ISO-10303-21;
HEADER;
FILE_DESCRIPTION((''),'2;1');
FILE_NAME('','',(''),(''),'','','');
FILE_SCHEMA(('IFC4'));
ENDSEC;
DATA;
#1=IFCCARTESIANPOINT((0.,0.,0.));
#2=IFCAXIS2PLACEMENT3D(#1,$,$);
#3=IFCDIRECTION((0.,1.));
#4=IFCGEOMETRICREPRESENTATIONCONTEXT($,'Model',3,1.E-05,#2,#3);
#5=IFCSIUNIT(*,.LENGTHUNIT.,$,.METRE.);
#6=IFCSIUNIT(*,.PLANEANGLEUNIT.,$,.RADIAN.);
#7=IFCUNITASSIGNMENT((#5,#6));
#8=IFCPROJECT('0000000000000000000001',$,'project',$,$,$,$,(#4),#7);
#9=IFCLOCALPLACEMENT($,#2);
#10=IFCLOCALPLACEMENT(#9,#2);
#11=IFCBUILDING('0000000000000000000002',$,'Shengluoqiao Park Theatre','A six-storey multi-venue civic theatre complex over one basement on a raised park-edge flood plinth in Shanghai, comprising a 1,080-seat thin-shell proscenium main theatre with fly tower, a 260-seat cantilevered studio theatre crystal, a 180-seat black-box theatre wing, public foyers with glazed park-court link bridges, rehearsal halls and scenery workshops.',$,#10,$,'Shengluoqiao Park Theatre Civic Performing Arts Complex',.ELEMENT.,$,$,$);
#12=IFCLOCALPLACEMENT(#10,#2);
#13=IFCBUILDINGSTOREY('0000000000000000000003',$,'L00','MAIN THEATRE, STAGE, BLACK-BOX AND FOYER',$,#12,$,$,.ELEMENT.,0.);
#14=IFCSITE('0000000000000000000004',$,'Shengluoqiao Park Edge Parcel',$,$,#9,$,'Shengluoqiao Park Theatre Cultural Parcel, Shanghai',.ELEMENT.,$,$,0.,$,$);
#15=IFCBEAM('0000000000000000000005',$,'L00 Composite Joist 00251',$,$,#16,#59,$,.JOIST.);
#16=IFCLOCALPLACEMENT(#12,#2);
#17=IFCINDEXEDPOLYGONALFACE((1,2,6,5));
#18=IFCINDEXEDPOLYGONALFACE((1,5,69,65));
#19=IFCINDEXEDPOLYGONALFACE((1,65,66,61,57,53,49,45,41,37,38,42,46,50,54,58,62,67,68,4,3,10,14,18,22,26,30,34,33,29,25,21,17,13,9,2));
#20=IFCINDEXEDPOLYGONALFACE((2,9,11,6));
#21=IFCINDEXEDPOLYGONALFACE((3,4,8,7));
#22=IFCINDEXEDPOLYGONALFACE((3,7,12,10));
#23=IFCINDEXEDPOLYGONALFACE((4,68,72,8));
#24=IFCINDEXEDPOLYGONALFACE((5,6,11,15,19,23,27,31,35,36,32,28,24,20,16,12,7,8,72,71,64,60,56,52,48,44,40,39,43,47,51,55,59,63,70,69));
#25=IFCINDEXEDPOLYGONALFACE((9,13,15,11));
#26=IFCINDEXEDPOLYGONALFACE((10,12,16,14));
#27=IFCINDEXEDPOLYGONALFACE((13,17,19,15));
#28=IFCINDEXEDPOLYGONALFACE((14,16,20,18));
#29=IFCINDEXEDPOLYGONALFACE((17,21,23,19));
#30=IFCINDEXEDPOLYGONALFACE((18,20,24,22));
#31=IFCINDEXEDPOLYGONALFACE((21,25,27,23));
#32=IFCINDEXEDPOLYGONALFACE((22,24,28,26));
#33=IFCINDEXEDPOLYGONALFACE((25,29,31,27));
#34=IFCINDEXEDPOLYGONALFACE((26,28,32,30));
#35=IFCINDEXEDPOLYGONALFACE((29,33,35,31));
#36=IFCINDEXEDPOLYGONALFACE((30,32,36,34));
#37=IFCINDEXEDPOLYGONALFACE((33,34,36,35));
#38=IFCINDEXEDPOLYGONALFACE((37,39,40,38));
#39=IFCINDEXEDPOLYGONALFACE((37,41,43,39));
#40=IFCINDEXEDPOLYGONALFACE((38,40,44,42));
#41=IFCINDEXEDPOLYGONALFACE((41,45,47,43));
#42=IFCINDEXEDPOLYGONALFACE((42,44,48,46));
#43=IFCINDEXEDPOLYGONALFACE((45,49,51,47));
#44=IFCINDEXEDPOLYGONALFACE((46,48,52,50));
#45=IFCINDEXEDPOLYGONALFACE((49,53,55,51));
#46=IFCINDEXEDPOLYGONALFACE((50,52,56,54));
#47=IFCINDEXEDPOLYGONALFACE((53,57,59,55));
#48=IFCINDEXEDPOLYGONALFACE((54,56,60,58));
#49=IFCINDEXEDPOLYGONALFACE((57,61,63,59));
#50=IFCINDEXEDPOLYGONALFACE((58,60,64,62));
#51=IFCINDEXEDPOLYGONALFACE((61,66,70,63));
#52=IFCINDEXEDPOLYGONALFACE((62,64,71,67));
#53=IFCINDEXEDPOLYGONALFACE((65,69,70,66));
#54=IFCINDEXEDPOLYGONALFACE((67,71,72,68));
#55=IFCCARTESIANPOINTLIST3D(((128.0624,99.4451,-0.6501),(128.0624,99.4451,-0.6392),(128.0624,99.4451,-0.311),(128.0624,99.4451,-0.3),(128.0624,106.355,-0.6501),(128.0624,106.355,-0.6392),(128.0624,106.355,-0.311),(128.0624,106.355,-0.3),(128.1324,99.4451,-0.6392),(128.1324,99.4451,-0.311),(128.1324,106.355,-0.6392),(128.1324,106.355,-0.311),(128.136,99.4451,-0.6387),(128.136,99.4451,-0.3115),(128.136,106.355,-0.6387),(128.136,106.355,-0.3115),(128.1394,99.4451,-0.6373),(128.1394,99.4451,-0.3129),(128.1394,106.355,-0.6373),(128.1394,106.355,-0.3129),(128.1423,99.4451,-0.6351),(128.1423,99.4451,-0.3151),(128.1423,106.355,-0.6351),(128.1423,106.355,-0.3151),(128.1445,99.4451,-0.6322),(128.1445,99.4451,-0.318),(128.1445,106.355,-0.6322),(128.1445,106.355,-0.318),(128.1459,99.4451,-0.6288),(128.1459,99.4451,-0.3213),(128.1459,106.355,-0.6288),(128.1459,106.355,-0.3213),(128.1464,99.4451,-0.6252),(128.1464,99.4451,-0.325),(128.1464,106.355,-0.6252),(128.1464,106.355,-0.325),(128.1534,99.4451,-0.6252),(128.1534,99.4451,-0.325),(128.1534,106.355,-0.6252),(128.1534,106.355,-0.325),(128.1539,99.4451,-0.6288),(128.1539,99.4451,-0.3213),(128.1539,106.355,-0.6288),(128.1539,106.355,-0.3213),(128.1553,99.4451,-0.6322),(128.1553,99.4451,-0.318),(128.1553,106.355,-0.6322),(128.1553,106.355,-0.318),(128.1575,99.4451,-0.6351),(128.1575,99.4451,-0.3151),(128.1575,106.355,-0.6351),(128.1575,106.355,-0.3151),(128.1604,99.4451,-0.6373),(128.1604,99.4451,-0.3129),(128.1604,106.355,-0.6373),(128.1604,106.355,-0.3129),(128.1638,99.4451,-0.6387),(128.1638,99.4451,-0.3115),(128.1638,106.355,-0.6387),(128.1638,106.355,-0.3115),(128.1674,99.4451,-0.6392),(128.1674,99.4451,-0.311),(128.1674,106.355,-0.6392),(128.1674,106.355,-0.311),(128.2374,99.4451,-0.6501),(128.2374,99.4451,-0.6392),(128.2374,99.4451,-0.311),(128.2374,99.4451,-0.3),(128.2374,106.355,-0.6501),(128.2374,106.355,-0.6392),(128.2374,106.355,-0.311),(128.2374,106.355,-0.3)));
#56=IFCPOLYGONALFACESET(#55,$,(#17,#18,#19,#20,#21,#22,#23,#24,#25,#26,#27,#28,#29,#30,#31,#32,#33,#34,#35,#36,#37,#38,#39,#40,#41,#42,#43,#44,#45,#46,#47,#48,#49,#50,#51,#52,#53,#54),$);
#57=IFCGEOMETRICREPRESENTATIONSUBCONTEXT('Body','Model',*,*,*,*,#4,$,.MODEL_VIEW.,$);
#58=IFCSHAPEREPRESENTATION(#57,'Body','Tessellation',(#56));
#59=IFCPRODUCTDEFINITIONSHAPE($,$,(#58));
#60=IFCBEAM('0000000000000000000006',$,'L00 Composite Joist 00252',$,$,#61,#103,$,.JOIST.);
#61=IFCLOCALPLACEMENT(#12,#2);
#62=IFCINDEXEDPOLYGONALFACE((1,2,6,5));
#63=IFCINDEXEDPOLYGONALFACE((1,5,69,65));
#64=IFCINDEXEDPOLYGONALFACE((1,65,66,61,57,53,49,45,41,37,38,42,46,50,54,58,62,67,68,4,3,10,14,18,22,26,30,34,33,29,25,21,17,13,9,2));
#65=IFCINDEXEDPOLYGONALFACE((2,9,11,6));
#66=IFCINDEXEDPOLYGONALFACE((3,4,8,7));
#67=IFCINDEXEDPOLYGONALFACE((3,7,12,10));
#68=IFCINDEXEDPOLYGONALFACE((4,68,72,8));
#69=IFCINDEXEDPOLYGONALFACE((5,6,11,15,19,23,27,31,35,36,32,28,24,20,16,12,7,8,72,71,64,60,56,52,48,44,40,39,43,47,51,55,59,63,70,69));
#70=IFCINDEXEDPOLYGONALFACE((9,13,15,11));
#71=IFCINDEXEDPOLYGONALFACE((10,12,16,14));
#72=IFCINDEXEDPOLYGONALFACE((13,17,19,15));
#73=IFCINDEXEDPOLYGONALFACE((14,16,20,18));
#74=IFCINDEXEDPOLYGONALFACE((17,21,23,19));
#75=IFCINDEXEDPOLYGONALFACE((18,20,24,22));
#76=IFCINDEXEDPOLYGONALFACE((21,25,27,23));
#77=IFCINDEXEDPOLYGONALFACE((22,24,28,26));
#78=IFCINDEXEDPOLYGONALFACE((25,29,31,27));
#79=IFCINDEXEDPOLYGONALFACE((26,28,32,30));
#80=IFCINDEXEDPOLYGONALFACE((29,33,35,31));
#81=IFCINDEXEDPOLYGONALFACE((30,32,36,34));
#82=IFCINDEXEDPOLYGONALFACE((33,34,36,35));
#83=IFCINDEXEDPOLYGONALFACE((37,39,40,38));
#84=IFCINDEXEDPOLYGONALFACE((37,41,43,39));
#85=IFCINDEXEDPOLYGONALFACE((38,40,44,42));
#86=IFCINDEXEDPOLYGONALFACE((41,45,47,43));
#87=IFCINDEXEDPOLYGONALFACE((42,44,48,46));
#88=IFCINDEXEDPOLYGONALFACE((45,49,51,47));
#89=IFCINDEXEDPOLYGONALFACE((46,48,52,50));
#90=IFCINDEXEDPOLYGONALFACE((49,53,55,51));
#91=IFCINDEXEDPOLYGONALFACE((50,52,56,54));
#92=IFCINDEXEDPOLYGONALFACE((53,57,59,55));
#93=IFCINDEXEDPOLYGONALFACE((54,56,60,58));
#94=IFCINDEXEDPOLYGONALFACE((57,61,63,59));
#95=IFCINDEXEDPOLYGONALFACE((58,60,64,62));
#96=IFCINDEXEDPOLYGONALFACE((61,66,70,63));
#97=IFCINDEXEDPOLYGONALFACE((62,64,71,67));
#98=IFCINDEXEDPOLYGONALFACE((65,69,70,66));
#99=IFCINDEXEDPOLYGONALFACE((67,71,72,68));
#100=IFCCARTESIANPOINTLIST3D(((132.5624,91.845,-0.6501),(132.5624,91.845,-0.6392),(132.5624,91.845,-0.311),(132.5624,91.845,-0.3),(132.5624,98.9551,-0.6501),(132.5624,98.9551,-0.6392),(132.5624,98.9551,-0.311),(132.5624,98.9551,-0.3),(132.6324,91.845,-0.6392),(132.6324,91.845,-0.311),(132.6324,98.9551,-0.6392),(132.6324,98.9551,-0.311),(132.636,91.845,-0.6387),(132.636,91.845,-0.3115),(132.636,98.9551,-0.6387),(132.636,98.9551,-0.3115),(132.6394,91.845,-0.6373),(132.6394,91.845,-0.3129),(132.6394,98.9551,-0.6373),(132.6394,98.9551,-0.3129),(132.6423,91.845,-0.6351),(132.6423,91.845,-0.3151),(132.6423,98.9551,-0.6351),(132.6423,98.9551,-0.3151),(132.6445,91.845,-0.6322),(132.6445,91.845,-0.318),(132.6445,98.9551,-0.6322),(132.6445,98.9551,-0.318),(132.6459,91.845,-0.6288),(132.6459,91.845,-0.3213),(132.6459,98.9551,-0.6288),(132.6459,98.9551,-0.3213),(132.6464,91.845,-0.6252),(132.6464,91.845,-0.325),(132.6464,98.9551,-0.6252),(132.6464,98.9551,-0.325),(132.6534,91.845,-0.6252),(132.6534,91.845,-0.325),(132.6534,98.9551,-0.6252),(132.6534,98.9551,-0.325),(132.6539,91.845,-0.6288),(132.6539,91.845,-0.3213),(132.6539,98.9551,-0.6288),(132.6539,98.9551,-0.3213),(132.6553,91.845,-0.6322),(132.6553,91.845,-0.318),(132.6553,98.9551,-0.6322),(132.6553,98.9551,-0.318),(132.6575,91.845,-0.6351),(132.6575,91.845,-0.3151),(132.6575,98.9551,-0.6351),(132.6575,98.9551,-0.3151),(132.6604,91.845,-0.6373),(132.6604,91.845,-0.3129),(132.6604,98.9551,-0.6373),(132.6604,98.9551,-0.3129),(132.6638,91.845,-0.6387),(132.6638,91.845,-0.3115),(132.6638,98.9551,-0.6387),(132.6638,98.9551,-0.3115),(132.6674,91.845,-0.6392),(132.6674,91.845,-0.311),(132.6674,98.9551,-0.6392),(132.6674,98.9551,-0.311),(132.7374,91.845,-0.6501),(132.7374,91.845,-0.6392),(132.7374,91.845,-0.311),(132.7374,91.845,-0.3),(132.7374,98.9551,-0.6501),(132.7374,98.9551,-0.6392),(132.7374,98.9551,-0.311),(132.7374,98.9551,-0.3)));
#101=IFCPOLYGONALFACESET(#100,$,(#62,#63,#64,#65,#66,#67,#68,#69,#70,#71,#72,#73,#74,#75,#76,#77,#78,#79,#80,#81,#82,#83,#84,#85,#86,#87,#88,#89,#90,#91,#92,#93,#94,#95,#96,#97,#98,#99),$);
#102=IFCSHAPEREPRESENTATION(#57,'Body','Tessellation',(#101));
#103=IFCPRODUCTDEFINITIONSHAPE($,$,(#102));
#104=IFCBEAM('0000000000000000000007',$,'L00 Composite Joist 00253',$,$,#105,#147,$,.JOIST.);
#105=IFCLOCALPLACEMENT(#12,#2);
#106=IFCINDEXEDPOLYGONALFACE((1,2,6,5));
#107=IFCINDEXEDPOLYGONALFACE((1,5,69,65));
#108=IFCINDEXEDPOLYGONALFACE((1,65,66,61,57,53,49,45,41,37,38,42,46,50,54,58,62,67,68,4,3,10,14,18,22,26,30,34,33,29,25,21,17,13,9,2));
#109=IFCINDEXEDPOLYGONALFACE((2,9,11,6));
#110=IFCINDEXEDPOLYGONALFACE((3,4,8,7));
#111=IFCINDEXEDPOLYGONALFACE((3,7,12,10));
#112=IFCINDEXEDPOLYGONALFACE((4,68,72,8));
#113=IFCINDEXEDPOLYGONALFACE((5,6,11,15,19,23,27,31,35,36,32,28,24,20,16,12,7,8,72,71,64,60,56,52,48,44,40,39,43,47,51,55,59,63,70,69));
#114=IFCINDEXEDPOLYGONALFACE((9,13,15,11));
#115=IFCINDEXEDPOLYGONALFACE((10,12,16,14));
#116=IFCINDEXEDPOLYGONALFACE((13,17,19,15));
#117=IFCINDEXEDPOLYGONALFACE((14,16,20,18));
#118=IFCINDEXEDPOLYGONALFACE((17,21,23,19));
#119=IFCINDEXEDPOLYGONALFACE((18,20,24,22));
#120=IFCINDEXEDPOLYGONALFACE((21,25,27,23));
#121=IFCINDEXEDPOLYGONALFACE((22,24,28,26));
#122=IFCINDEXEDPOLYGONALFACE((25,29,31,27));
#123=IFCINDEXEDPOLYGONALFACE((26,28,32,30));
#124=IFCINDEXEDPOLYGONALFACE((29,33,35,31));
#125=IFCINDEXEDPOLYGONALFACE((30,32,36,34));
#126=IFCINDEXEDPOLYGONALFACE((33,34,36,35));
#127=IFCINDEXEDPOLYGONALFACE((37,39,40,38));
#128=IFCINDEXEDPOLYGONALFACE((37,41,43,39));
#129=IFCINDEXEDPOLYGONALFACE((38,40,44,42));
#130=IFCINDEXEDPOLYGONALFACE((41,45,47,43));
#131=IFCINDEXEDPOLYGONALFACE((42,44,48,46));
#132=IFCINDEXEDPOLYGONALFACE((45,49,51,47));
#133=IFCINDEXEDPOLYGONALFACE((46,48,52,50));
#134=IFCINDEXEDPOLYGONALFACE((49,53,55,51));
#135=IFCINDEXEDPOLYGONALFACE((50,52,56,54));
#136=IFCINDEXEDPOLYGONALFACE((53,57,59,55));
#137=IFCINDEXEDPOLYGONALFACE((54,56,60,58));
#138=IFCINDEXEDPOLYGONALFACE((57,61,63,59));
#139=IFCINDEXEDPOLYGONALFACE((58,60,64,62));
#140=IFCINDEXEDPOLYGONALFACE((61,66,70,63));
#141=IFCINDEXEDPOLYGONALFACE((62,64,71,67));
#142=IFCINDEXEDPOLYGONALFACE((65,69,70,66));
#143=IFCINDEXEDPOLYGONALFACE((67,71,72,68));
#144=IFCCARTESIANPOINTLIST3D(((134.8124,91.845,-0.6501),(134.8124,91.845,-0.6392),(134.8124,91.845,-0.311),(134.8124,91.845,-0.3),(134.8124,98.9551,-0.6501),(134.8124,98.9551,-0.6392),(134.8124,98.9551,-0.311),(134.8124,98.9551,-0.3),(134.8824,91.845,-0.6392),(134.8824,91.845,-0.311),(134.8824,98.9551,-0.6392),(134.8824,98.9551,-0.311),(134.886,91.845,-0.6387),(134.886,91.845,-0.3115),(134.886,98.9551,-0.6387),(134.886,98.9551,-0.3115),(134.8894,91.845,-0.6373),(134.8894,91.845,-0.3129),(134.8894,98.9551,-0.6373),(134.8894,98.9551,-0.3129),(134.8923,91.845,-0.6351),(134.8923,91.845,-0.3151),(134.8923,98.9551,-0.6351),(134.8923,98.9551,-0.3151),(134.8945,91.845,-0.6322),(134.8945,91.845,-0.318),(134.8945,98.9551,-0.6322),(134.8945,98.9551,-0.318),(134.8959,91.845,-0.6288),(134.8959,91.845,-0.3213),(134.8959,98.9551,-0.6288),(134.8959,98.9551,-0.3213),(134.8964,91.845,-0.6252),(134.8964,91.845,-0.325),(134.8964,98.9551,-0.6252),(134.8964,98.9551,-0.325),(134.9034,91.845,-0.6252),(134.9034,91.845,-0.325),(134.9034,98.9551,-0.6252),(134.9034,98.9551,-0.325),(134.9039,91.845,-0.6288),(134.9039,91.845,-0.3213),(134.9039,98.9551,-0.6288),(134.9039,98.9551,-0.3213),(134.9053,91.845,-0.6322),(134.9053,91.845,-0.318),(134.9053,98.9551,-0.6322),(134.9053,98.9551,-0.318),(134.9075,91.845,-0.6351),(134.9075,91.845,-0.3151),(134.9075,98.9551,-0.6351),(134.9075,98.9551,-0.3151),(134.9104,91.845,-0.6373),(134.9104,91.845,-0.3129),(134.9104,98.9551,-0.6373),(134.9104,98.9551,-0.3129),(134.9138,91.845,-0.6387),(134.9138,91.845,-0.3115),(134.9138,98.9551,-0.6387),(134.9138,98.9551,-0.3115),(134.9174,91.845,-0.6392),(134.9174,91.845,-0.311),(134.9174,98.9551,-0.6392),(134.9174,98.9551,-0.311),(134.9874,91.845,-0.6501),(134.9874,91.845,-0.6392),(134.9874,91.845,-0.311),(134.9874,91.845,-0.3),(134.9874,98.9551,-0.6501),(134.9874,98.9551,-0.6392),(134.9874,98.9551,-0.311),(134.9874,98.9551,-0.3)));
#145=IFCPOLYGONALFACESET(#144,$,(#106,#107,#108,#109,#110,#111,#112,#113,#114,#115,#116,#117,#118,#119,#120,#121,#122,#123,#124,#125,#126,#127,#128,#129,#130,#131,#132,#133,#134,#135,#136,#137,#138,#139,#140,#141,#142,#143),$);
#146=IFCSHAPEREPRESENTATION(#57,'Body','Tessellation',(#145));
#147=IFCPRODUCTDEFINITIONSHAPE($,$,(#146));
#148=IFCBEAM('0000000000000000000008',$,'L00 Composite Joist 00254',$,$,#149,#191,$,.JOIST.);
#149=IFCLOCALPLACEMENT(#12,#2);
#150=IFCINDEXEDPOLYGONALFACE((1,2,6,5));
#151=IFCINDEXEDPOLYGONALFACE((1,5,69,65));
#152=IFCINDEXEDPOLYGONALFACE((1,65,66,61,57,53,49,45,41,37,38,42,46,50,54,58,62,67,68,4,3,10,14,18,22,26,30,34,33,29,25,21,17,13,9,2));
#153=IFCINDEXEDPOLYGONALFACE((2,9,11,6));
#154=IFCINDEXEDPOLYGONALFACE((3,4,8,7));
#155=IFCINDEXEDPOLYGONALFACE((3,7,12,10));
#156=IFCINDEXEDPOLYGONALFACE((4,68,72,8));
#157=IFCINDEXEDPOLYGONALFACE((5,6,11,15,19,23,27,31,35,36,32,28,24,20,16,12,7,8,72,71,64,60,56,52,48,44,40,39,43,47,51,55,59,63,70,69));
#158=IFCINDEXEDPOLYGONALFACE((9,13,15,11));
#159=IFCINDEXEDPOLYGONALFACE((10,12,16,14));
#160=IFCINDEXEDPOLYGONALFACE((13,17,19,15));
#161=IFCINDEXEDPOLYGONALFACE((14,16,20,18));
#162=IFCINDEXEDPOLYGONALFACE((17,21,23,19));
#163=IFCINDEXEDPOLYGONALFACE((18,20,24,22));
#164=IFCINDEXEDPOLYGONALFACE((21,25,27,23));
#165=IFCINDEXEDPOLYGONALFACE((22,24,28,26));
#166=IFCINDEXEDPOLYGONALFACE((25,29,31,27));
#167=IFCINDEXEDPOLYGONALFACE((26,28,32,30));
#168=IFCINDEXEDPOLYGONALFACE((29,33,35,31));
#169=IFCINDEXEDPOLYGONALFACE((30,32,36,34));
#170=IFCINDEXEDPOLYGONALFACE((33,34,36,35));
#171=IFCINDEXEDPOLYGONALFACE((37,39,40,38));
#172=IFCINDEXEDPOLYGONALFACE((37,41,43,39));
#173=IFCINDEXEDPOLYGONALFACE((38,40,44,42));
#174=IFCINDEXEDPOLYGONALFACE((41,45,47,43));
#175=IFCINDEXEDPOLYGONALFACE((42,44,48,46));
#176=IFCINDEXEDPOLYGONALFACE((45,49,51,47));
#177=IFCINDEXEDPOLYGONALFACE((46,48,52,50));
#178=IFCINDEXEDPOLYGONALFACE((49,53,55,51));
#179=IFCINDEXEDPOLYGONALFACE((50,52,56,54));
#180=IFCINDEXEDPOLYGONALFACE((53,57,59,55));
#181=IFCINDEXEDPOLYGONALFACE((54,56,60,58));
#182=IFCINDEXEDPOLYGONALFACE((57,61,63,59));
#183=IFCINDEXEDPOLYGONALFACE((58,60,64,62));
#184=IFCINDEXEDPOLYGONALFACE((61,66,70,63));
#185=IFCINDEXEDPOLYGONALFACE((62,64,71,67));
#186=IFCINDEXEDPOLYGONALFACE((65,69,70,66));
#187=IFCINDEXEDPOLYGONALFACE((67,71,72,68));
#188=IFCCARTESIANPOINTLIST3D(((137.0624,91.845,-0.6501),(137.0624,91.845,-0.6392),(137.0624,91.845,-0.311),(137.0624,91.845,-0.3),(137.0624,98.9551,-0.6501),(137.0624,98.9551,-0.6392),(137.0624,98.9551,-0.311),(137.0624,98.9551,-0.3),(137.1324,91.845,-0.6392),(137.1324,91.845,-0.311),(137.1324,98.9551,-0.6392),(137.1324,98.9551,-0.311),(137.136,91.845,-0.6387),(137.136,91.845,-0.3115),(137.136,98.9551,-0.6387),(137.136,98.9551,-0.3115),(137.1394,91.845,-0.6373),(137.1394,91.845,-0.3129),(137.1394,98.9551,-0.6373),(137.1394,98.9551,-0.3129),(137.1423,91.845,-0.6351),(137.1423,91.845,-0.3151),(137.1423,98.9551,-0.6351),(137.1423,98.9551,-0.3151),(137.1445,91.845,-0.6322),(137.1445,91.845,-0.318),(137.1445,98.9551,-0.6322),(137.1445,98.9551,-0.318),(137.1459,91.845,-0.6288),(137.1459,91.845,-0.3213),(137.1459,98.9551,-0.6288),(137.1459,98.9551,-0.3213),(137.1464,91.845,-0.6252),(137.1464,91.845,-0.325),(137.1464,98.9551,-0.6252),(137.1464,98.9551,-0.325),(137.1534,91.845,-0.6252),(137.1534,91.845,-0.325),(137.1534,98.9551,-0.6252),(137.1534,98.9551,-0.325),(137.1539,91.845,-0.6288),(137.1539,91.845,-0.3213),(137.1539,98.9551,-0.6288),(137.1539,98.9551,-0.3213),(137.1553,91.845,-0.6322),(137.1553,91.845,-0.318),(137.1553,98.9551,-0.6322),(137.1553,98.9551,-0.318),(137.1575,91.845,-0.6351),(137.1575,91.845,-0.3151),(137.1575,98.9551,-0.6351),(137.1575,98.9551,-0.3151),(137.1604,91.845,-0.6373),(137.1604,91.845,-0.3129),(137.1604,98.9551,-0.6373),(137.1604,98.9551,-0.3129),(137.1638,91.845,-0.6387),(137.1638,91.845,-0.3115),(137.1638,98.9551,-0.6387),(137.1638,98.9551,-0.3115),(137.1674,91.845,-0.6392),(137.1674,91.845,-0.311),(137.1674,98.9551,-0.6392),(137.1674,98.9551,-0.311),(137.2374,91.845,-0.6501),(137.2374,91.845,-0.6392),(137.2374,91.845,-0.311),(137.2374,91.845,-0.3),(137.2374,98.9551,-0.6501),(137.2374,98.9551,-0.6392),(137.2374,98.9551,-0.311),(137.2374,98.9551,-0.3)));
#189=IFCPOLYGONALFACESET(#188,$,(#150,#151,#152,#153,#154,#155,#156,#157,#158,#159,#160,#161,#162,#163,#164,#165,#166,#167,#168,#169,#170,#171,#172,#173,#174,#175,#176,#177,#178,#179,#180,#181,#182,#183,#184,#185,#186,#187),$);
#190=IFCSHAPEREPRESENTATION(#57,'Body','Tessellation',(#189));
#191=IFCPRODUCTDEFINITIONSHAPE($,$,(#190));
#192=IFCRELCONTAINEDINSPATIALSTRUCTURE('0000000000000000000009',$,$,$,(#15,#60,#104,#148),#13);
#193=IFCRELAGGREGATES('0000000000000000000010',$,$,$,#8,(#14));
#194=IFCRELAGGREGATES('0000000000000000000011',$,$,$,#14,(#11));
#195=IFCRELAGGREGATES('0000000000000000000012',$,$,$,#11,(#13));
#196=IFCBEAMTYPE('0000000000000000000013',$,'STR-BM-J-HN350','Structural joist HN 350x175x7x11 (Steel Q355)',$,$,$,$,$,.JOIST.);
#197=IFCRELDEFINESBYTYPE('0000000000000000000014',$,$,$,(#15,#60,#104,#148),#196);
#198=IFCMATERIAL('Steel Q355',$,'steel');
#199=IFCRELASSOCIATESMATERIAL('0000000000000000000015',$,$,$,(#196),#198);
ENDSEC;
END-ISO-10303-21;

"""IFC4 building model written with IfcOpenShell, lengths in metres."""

from ifc_helpers import new_model, si_unit, direction, frame, origin, origin_2d, place, context, subcontext, project, spatial, i_section, extrude, material, material_profile, profile_set, type_object, element, save


model = new_model("IFC4")

# Units and contexts
model_context = context("Model", 3, precision=1e-05, world=origin(), true_north=direction((0.0, 1.0)))
body_context = subcontext(model_context, "Body", "Model", "MODEL_VIEW")
ifc_project = project(units=[si_unit("LENGTHUNIT", "METRE"), si_unit("PLANEANGLEUNIT", "RADIAN")], contexts=[model_context])

# Site, building, storey
site_placement = place(None, origin())
site = spatial("IfcSite", under=ifc_project, at=site_placement, Name="Shengluoqiao Park Edge Parcel", LongName="Shengluoqiao Park Theatre Cultural Parcel, Shanghai", CompositionType="ELEMENT", RefElevation=0.0)
building_placement = place(site_placement, origin())
building = spatial("IfcBuilding", under=site, at=building_placement, Name="Shengluoqiao Park Theatre", Description="A six-storey multi-venue civic theatre complex over one basement on a raised park-edge flood plinth in Shanghai, comprising a 1,080-seat thin-shell proscenium main theatre with fly tower, a 260-seat cantilevered studio theatre crystal, a 180-seat black-box theatre wing, public foyers with glazed park-court link bridges, rehearsal halls and scenery workshops.", LongName="Shengluoqiao Park Theatre Civic Performing Arts Complex", CompositionType="ELEMENT")
storey_placement = place(building_placement, origin())
storey = spatial("IfcBuildingStorey", under=building, at=storey_placement, Name="L00", Description="MAIN THEATRE, STAGE, BLACK-BOX AND FOYER", CompositionType="ELEMENT", Elevation=0.0)

# Beams
ifc_material_1 = material(Name="Steel Q355", Category="steel")
ifc_material_profile_1 = material_profile(ifc_material_1, i_section(OverallWidth=0.175, OverallDepth=0.3501, WebThickness=0.0071, FlangeThickness=0.011, FilletRadius=0.0139, at=origin_2d()), Name="HN 350x175x7x11")
ifc_profile_set_1 = profile_set([ifc_material_profile_1], Name="Steel Q355")
beam_type_1 = type_object("IfcBeamType", Name="STR-BM-J-HN350", Description="Structural joist HN 350x175x7x11 (Steel Q355)", PredefinedType="JOIST", material=ifc_profile_set_1)
beam_1_placement = place(storey_placement, frame((128.1499, 99.4451, -0.4751), z_axis=(0.0, 1.0, 0.0), x_axis=(-1.0, 0.0, 0.0)))
element("IfcBeam", 1, at=beam_1_placement, inside=storey, type_object=beam_type_1, Name="L00 Composite Joist 00251", PredefinedType="JOIST", context=body_context, shape_type="SweptSolid", body=[
    extrude(i_section(OverallWidth=0.175, OverallDepth=0.3501, WebThickness=0.0071, FlangeThickness=0.011, FilletRadius=0.0139, at=origin_2d()), origin(), (0.0, 0.0, 1.0), 6.9099),
])
for number, where, z_axis, x_axis, name in (
    (2, (132.6499, 91.845, -0.4751), (0.0, 1.0, 0.0), (-1.0, 0.0, 0.0), "L00 Composite Joist 00252"),
    (3, (134.8999, 91.845, -0.4751), (0.0, 1.0, 0.0), (-1.0, 0.0, 0.0), "L00 Composite Joist 00253"),
    (4, (137.1499, 91.845, -0.4751), (0.0, 1.0, 0.0), (-1.0, 0.0, 0.0), "L00 Composite Joist 00254"),
):
    element("IfcBeam", number, at=place(storey_placement, frame(where, z_axis=z_axis, x_axis=x_axis)), inside=storey, type_object=beam_type_1, Name=name, PredefinedType="JOIST", context=body_context, shape_type="SweptSolid", body=[
        extrude(i_section(OverallWidth=0.175, OverallDepth=0.3501, WebThickness=0.0071, FlangeThickness=0.011, FilletRadius=0.0139, at=origin_2d()), origin(), (0.0, 0.0, 1.0), 7.1101),
    ])

save(model, "model.ifc")
